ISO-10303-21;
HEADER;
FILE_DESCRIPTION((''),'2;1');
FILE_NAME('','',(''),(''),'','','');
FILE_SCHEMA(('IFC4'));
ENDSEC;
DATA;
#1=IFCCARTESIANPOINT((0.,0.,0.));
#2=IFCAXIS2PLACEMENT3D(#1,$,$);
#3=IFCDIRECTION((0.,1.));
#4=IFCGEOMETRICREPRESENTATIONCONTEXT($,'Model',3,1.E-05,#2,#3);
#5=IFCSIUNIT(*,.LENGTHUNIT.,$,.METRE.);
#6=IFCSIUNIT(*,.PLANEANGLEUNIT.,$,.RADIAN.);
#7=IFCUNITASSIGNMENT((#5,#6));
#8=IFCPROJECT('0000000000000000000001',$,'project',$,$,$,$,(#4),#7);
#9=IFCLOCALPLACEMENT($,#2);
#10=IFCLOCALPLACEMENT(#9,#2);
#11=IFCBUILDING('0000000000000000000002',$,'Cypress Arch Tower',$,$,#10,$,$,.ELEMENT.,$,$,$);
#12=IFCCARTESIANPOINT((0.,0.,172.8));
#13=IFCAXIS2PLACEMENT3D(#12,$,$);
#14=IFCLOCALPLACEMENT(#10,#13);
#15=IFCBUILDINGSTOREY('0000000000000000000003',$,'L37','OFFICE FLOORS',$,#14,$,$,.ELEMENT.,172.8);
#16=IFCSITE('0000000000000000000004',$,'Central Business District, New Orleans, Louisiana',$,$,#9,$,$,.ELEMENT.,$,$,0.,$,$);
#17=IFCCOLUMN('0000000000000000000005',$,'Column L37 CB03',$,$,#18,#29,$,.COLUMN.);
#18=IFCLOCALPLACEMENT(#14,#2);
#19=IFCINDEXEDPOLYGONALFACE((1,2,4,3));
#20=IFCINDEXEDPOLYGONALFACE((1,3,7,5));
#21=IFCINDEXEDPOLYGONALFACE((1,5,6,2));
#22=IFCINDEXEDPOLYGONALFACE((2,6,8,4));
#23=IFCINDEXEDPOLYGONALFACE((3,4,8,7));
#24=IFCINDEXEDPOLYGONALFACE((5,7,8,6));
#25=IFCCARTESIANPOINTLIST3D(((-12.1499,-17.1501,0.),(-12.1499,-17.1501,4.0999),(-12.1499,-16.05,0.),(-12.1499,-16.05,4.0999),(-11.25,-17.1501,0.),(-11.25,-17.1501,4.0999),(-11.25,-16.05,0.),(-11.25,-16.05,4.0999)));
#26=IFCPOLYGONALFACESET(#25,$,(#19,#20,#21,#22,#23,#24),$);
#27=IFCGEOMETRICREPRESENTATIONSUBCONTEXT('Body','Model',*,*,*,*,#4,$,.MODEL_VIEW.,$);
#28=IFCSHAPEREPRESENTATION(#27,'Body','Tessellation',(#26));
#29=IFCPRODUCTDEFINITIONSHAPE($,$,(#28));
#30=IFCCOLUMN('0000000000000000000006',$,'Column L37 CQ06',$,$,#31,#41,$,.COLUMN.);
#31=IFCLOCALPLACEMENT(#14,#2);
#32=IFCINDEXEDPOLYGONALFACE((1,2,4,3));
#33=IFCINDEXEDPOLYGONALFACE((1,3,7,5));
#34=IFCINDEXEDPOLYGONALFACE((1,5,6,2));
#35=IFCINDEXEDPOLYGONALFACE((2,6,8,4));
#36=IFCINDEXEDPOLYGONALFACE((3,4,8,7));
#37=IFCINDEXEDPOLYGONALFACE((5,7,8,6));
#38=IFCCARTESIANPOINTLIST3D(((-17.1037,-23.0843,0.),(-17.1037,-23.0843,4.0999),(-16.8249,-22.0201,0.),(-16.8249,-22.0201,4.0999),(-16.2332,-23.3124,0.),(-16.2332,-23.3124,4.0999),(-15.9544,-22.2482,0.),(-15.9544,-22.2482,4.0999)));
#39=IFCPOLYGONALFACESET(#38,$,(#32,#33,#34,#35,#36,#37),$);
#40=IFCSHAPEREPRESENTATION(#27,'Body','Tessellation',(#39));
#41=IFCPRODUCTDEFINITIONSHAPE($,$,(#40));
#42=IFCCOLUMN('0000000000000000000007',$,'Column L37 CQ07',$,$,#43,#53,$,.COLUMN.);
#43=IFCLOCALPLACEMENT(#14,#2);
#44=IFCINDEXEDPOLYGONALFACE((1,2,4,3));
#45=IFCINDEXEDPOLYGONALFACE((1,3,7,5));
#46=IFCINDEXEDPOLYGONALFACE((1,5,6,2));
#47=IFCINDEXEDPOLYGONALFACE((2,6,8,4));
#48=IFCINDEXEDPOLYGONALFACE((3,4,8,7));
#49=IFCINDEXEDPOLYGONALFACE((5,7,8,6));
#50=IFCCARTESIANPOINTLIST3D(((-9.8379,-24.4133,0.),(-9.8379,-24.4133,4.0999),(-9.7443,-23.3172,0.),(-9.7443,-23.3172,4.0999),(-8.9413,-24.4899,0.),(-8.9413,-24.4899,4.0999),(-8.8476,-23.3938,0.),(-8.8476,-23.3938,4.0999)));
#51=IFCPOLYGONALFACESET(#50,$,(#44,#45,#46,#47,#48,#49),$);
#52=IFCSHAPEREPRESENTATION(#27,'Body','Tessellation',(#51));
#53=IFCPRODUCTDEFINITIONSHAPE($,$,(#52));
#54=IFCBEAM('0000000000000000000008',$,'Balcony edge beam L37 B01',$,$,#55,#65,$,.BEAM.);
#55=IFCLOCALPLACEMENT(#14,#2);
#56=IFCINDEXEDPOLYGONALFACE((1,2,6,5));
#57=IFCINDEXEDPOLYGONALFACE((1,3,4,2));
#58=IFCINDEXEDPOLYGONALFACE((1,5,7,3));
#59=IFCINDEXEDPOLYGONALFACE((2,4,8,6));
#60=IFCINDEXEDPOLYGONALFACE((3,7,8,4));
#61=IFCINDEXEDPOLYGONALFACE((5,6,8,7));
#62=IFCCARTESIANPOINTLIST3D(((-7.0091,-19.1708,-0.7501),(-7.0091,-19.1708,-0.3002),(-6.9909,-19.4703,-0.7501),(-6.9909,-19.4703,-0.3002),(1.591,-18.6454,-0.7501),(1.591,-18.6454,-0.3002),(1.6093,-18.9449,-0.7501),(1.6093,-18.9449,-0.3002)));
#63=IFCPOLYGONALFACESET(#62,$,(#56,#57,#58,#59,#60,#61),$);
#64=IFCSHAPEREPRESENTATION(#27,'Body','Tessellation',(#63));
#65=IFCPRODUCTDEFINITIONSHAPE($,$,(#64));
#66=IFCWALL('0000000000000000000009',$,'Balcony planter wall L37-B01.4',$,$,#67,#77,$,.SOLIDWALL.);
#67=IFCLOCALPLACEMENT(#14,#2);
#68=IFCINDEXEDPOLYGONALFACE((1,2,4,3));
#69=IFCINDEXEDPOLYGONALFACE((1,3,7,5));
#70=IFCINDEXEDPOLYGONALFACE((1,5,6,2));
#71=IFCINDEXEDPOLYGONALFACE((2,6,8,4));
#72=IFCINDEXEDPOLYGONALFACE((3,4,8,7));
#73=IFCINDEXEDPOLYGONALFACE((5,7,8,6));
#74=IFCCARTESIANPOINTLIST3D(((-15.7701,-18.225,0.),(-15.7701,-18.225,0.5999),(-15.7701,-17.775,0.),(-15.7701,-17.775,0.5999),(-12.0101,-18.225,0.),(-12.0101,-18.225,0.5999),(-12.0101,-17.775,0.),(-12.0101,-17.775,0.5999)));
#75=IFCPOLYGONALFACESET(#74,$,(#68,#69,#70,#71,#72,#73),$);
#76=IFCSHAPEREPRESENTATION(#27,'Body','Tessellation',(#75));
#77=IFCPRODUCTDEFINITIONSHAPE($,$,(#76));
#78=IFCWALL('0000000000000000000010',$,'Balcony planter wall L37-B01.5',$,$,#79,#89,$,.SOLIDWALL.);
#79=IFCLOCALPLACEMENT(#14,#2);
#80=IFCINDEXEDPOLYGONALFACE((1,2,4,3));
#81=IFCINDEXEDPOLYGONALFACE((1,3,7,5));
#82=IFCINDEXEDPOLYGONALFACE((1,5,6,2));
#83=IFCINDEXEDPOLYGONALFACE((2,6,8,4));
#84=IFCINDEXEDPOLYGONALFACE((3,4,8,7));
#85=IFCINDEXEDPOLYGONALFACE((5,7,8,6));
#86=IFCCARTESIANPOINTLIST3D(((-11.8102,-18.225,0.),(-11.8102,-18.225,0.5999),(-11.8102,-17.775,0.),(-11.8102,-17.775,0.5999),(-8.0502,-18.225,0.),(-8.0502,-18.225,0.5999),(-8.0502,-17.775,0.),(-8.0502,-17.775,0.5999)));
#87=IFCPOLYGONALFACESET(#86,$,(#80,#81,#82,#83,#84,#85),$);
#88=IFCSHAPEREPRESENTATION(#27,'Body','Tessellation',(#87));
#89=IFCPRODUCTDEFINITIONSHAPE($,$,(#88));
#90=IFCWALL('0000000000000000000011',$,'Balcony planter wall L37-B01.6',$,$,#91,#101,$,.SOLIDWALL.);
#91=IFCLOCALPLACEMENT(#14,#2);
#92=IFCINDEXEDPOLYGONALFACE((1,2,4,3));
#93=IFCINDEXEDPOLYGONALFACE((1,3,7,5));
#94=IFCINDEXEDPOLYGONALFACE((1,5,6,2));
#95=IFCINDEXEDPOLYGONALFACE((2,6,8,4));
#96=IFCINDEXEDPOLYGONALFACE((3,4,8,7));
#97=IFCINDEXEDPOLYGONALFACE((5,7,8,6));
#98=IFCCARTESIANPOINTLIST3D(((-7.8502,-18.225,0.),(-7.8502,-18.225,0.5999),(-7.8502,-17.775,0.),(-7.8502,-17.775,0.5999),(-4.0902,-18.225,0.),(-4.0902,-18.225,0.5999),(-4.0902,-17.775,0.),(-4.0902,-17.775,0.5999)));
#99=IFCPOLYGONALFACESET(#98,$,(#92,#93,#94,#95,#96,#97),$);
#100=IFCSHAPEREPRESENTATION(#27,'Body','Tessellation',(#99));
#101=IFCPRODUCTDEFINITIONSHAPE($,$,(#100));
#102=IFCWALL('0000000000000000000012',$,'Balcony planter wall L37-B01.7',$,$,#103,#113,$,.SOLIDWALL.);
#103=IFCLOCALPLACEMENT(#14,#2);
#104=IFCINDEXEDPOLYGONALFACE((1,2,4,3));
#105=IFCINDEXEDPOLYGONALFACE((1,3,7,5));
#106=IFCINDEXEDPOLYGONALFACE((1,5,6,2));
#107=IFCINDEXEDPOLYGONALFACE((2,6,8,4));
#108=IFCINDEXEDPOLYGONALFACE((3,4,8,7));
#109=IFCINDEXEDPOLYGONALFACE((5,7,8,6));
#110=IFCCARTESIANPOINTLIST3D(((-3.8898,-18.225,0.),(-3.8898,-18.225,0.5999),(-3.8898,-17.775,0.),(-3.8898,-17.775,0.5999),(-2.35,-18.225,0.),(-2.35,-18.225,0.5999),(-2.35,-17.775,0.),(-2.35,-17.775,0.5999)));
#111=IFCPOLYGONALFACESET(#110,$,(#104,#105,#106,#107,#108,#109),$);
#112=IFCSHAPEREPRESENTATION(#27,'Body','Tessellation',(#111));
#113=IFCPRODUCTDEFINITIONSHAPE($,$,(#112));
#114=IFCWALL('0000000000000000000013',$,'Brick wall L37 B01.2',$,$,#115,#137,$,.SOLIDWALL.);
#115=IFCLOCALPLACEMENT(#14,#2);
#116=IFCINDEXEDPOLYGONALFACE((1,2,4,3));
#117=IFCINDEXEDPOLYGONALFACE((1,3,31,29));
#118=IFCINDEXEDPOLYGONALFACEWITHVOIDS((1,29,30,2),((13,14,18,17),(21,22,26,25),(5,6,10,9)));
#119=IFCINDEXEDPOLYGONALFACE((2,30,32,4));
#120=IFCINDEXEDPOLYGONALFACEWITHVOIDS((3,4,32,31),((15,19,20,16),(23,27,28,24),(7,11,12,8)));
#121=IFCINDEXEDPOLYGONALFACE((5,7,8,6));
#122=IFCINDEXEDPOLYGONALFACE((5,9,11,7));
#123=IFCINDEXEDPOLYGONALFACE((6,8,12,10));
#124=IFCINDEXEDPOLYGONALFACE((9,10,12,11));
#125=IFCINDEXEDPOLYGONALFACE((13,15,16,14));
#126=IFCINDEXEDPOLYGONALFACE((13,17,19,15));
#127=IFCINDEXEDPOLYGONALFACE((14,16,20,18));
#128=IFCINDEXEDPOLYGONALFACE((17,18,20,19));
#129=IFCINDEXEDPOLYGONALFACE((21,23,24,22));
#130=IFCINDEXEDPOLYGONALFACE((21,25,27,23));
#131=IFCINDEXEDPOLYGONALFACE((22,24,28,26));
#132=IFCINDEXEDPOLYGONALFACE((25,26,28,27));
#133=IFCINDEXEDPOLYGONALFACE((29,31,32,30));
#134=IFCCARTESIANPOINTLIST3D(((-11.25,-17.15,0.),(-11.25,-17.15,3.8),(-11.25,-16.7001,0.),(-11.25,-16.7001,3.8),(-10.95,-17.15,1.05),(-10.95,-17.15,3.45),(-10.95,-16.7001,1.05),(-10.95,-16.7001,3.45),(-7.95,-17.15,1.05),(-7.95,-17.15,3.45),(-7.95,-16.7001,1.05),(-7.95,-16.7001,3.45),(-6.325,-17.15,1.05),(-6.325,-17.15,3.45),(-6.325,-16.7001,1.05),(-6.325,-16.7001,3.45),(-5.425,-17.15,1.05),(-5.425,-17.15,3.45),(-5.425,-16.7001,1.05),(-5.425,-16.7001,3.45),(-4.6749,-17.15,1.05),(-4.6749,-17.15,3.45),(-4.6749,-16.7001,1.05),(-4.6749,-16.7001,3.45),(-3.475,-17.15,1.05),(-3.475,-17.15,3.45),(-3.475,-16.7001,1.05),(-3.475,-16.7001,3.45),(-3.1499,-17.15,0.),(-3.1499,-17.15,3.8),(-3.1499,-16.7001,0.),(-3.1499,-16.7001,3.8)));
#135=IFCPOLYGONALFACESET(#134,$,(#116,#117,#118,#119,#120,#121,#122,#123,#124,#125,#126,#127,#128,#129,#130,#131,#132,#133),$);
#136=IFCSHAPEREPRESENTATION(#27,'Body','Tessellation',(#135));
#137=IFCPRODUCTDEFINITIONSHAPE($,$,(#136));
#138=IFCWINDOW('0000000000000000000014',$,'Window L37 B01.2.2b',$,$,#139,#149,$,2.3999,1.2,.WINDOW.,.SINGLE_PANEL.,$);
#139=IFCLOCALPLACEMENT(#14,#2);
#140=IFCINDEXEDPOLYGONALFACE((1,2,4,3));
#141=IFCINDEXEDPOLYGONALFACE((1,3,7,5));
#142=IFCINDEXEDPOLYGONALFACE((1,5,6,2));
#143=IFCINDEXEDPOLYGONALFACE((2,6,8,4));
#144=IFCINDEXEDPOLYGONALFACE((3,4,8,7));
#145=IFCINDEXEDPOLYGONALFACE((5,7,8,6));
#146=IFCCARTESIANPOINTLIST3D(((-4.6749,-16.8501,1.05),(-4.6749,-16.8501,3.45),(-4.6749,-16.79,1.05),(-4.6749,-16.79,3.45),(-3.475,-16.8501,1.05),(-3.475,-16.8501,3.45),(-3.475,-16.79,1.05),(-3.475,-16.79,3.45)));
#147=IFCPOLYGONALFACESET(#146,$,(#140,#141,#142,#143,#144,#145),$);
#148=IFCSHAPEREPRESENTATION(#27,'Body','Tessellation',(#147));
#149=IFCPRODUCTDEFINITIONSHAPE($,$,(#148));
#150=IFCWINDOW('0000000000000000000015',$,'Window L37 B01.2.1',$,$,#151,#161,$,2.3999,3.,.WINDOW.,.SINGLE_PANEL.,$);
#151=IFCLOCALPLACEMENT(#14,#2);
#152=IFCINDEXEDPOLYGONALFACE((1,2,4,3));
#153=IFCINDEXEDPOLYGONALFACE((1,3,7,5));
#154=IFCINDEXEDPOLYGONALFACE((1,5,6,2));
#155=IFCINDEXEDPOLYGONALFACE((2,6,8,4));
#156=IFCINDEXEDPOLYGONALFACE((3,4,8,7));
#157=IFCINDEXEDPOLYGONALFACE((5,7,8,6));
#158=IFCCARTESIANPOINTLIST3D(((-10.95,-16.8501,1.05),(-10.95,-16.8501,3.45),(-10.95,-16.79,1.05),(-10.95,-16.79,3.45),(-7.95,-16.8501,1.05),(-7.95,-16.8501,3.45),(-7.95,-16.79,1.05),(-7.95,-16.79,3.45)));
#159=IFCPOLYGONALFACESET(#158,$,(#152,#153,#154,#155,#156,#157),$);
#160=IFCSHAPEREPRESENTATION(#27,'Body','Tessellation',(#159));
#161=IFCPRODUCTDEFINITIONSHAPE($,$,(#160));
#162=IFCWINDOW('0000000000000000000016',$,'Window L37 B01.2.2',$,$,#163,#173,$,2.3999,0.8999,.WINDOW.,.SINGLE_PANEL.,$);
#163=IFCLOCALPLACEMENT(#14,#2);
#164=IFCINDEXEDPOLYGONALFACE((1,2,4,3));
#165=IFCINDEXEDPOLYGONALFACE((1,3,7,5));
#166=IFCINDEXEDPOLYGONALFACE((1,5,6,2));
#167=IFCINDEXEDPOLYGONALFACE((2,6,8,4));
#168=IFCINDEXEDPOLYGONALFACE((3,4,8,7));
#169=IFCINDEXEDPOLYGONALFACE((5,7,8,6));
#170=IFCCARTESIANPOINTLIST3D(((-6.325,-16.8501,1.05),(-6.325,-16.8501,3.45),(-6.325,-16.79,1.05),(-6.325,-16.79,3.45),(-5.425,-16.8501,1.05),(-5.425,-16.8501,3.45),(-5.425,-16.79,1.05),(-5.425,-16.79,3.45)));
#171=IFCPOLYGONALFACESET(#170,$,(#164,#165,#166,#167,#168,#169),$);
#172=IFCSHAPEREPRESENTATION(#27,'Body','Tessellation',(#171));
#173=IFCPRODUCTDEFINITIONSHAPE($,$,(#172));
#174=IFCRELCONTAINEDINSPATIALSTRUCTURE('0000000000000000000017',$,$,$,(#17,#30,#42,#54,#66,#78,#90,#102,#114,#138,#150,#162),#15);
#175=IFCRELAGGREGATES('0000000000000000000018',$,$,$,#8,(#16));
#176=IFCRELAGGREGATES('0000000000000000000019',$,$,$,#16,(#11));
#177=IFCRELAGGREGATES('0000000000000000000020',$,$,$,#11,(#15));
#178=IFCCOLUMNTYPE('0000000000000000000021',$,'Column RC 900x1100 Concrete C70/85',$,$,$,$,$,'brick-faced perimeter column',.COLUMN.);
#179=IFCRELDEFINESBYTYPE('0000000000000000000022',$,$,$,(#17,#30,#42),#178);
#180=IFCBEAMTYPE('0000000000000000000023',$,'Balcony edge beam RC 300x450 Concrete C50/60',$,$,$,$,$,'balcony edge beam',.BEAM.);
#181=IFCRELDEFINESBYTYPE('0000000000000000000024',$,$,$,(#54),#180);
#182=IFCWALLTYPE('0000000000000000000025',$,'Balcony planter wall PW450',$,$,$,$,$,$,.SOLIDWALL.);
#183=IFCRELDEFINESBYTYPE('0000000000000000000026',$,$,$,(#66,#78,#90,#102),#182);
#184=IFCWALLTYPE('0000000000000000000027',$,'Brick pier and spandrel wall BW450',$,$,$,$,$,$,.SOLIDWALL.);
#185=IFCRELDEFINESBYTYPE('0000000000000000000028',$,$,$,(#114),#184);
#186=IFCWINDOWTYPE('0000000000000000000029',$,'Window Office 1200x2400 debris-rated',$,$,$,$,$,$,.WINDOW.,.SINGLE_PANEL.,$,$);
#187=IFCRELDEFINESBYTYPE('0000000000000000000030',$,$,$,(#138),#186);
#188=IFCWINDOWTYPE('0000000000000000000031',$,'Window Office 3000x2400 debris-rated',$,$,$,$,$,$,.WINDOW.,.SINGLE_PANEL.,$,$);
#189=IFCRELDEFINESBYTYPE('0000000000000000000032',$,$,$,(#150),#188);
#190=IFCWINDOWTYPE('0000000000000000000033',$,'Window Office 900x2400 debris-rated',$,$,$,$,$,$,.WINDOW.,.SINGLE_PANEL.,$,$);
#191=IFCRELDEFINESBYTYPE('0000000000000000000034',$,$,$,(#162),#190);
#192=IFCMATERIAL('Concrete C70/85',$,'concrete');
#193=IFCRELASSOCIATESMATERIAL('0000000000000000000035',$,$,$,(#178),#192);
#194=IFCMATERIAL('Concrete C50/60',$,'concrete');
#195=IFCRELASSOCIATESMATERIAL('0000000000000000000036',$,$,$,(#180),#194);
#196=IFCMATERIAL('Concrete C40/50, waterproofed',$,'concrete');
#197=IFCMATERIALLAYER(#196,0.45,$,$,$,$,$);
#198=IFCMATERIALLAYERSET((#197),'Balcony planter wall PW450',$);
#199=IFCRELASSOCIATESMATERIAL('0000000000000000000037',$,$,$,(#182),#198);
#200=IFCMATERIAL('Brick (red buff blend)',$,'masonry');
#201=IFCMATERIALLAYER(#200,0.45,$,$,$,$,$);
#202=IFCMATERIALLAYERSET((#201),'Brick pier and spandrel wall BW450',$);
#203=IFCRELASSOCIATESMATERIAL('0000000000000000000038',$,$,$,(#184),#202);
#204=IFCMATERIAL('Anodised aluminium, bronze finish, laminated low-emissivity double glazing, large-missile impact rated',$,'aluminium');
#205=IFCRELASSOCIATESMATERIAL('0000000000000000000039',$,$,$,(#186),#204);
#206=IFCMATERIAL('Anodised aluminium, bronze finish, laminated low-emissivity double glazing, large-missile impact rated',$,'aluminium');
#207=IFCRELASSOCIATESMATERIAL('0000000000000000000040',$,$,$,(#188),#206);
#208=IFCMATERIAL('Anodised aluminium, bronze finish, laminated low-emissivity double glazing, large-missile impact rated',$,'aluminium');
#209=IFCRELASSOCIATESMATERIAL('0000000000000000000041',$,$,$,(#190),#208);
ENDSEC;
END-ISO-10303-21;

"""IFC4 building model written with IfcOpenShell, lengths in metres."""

from ifc_helpers import new_model, si_unit, direction, frame, frame_2d, origin, origin_2d, place, context, subcontext, project, spatial, rectangle, extrude, material, layer, layer_set, material_profile, profile_set, type_object, element, fill, save


model = new_model("IFC4")

# Units and contexts
model_context = context("Model", 3, precision=1e-05, world=origin(), true_north=direction((0.0, 1.0)))
body_context = subcontext(model_context, "Body", "Model", "MODEL_VIEW")
ifc_project = project(units=[si_unit("LENGTHUNIT", "METRE"), si_unit("PLANEANGLEUNIT", "RADIAN")], contexts=[model_context])

# Site, building, storey
site_placement = place(None, origin())
site = spatial("IfcSite", under=ifc_project, at=site_placement, Name="Central Business District, New Orleans, Louisiana", CompositionType="ELEMENT", RefElevation=0.0)
building_placement = place(site_placement, origin())
building = spatial("IfcBuilding", under=site, at=building_placement, Name="Cypress Arch Tower", CompositionType="ELEMENT")
storey_placement = place(building_placement, frame((0.0, 0.0, 172.8)))
storey = spatial("IfcBuildingStorey", under=building, at=storey_placement, Name="L37", Description="OFFICE FLOORS", CompositionType="ELEMENT", Elevation=172.8)

# Columns
ifc_material_1 = material(Name="Concrete C70/85", Category="concrete")
ifc_material_profile_1 = material_profile(ifc_material_1, rectangle(XDim=0.8999, YDim=1.1001, at=origin_2d()), Name="RC 900x1100")
ifc_profile_set_1 = profile_set([ifc_material_profile_1], Name="Concrete C70/85")
column_type = type_object("IfcColumnType", Name="Column RC 900x1100 Concrete C70/85", ElementType="brick-faced perimeter column", PredefinedType="COLUMN", material=ifc_profile_set_1)
for number, where, z_axis, x_axis, name in (
    (1, (-11.7, -16.6001, 0.0), (0.0, 0.0, 1.0), (1.0, 0.0, 0.0), "Column L37 CB03"),
    (2, (-16.5291, -22.6663, 0.0), (0.0, 0.0, 1.0), (0.967356, -0.253422, 0.0), "Column L37 CQ06"),
    (3, (-9.3428, -23.9036, 0.0), (0.0, 0.0, 1.0), (0.996368, -0.085149, 0.0), "Column L37 CQ07"),
):
    element("IfcColumn", number, at=place(storey_placement, frame(where, z_axis=z_axis, x_axis=x_axis)), inside=storey, type_object=column_type, Name=name, PredefinedType="COLUMN", context=body_context, shape_type="SweptSolid", body=[
        extrude(rectangle(XDim=0.8999, YDim=1.1001, at=origin_2d()), origin(), (0.0, 0.0, 1.0), 4.0999),
    ])

# Beam
ifc_material_2 = material(Name="Concrete C50/60", Category="concrete")
ifc_material_profile_2 = material_profile(ifc_material_2, rectangle(XDim=0.3, YDim=0.45, at=origin_2d()), Name="RC 300x450")
ifc_profile_set_2 = profile_set([ifc_material_profile_2], Name="Concrete C50/60")
beam_type = type_object("IfcBeamType", Name="Balcony edge beam RC 300x450 Concrete C50/60", ElementType="balcony edge beam", PredefinedType="BEAM", material=ifc_profile_set_2)
beam_placement = place(storey_placement, frame((-7.0, -19.3206, -0.5251), z_axis=(0.998139, 0.060978, 0.0), x_axis=(-0.060978, 0.998139, 0.0)))
element("IfcBeam", 4, at=beam_placement, inside=storey, type_object=beam_type, Name="Balcony edge beam L37 B01", PredefinedType="BEAM", context=body_context, shape_type="SweptSolid", body=[
    extrude(rectangle(XDim=0.3, YDim=0.45, at=origin_2d()), origin(), (0.0, 0.0, 1.0), 8.6162),
])

# Walls
ifc_material_3 = material(Name="Concrete C40/50, waterproofed", Category="concrete")
ifc_layer_1 = layer(ifc_material_3, 0.45)
ifc_layer_set_1 = layer_set([ifc_layer_1], Name="Balcony planter wall PW450")
wall_type_1 = type_object("IfcWallType", Name="Balcony planter wall PW450", PredefinedType="SOLIDWALL", material=ifc_layer_set_1)
for number, where, z_axis, x_axis, name in (
    (5, (-15.77, -18.0, 0.0), (0.0, 0.0, 1.0), (1.0, 0.0, 0.0), "Balcony planter wall L37-B01.4"),
    (6, (-11.8101, -18.0, 0.0), (0.0, 0.0, 1.0), (1.0, 0.0, 0.0), "Balcony planter wall L37-B01.5"),
    (7, (-7.8501, -18.0, 0.0), (0.0, 0.0, 1.0), (1.0, 0.0, 0.0), "Balcony planter wall L37-B01.6"),
):
    element("IfcWall", number, at=place(storey_placement, frame(where, z_axis=z_axis, x_axis=x_axis)), inside=storey, type_object=wall_type_1, Name=name, PredefinedType="SOLIDWALL", context=body_context, shape_type="SweptSolid", body=[
        extrude(rectangle(XDim=3.76, YDim=0.45, at=frame_2d((1.8799, 0.0))), origin(), (0.0, 0.0, 1.0), 0.5999),
    ])
wall_1_placement = place(storey_placement, frame((-3.8899, -18.0, 0.0), z_axis=(0.0, 0.0, 1.0), x_axis=(1.0, 0.0, 0.0)))
element("IfcWall", 8, at=wall_1_placement, inside=storey, type_object=wall_type_1, Name="Balcony planter wall L37-B01.7", PredefinedType="SOLIDWALL", context=body_context, shape_type="SweptSolid", body=[
    extrude(rectangle(XDim=1.5398, YDim=0.45, at=frame_2d((0.77, 0.0))), origin(), (0.0, 0.0, 1.0), 0.5999),
])

# Wall, openings, windows
ifc_material_4 = material(Name="Brick (red buff blend)", Category="masonry")
ifc_layer_2 = layer(ifc_material_4, 0.45)
ifc_layer_set_2 = layer_set([ifc_layer_2], Name="Brick pier and spandrel wall BW450")
wall_type_2 = type_object("IfcWallType", Name="Brick pier and spandrel wall BW450", PredefinedType="SOLIDWALL", material=ifc_layer_set_2)
wall_2_placement = place(storey_placement, frame((-11.25, -16.925, 0.0), z_axis=(0.0, 0.0, 1.0), x_axis=(1.0, 0.0, 0.0)))
wall_2 = element("IfcWall", 9, at=wall_2_placement, inside=storey, type_object=wall_type_2, Name="Brick wall L37 B01.2", PredefinedType="SOLIDWALL", context=body_context, shape_type="SweptSolid", body=[
    extrude(rectangle(XDim=8.1001, YDim=0.45, at=frame_2d((4.05, 0.0))), origin(), (0.0, 0.0, 1.0), 3.8),
])
opening_1_placement = place(wall_2_placement, frame((0.3, 0.0, 1.05)))
opening_1 = element("IfcOpeningElement", 10, at=opening_1_placement, cuts=wall_2, PredefinedType="OPENING", context=body_context, shape_type="SweptSolid", body=[
    extrude(rectangle(XDim=3.0, YDim=2.3999, at=frame_2d((1.5, 1.2))), frame((0.0, 0.2349, 0.0), z_axis=(0.0, -1.0, 0.0), x_axis=(1.0, 0.0, 0.0)), (0.0, 0.0, 1.0), 0.47),
])
opening_2_placement = place(wall_2_placement, frame((4.925, 0.0, 1.05)))
opening_2 = element("IfcOpeningElement", 11, at=opening_2_placement, cuts=wall_2, PredefinedType="OPENING", context=body_context, shape_type="SweptSolid", body=[
    extrude(rectangle(XDim=0.8999, YDim=2.3999, at=frame_2d((0.45, 1.2))), frame((0.0, 0.2349, 0.0), z_axis=(0.0, -1.0, 0.0), x_axis=(1.0, 0.0, 0.0)), (0.0, 0.0, 1.0), 0.47),
])
opening_3_placement = place(wall_2_placement, frame((6.575, 0.0, 1.05)))
opening_3 = element("IfcOpeningElement", 12, at=opening_3_placement, cuts=wall_2, PredefinedType="OPENING", context=body_context, shape_type="SweptSolid", body=[
    extrude(rectangle(XDim=1.2, YDim=2.3999, at=frame_2d((0.6001, 1.2))), frame((0.0, 0.2349, 0.0), z_axis=(0.0, -1.0, 0.0), x_axis=(1.0, 0.0, 0.0)), (0.0, 0.0, 1.0), 0.47),
])
ifc_material_5 = material(Name="Anodised aluminium, bronze finish, laminated low-emissivity double glazing, large-missile impact rated", Category="aluminium")
window_type_1 = type_object("IfcWindowType", Name="Window Office 1200x2400 debris-rated", PartitioningType="SINGLE_PANEL", PredefinedType="WINDOW", material=ifc_material_5)
window_1_placement = place(opening_3_placement, origin())
window_1 = element("IfcWindow", 13, at=window_1_placement, inside=storey, type_object=window_type_1, Name="Window L37 B01.2.2b", OverallHeight=2.3999, OverallWidth=1.2, PartitioningType="SINGLE_PANEL", PredefinedType="WINDOW", context=body_context, shape_type="SweptSolid", body=[
    extrude(rectangle(XDim=1.2, YDim=2.3999, at=frame_2d((0.6001, 1.2))), frame((0.0, 0.135, 0.0), z_axis=(0.0, -1.0, 0.0), x_axis=(1.0, 0.0, 0.0)), (0.0, 0.0, 1.0), 0.0601),
])
fill(opening_3, window_1)
ifc_material_6 = material(Name="Anodised aluminium, bronze finish, laminated low-emissivity double glazing, large-missile impact rated", Category="aluminium")
window_type_2 = type_object("IfcWindowType", Name="Window Office 3000x2400 debris-rated", PartitioningType="SINGLE_PANEL", PredefinedType="WINDOW", material=ifc_material_6)
window_2_placement = place(opening_1_placement, origin())
window_2 = element("IfcWindow", 14, at=window_2_placement, inside=storey, type_object=window_type_2, Name="Window L37 B01.2.1", OverallHeight=2.3999, OverallWidth=3.0, PartitioningType="SINGLE_PANEL", PredefinedType="WINDOW", context=body_context, shape_type="SweptSolid", body=[
    extrude(rectangle(XDim=3.0, YDim=2.3999, at=frame_2d((1.5, 1.2))), frame((0.0, 0.135, 0.0), z_axis=(0.0, -1.0, 0.0), x_axis=(1.0, 0.0, 0.0)), (0.0, 0.0, 1.0), 0.0601),
])
fill(opening_1, window_2)
ifc_material_7 = material(Name="Anodised aluminium, bronze finish, laminated low-emissivity double glazing, large-missile impact rated", Category="aluminium")
window_type_3 = type_object("IfcWindowType", Name="Window Office 900x2400 debris-rated", PartitioningType="SINGLE_PANEL", PredefinedType="WINDOW", material=ifc_material_7)
window_3_placement = place(opening_2_placement, origin())
window_3 = element("IfcWindow", 15, at=window_3_placement, inside=storey, type_object=window_type_3, Name="Window L37 B01.2.2", OverallHeight=2.3999, OverallWidth=0.8999, PartitioningType="SINGLE_PANEL", PredefinedType="WINDOW", context=body_context, shape_type="SweptSolid", body=[
    extrude(rectangle(XDim=0.8999, YDim=2.3999, at=frame_2d((0.45, 1.2))), frame((0.0, 0.135, 0.0), z_axis=(0.0, -1.0, 0.0), x_axis=(1.0, 0.0, 0.0)), (0.0, 0.0, 1.0), 0.0601),
])
fill(opening_2, window_3)

save(model, "model.ifc")
